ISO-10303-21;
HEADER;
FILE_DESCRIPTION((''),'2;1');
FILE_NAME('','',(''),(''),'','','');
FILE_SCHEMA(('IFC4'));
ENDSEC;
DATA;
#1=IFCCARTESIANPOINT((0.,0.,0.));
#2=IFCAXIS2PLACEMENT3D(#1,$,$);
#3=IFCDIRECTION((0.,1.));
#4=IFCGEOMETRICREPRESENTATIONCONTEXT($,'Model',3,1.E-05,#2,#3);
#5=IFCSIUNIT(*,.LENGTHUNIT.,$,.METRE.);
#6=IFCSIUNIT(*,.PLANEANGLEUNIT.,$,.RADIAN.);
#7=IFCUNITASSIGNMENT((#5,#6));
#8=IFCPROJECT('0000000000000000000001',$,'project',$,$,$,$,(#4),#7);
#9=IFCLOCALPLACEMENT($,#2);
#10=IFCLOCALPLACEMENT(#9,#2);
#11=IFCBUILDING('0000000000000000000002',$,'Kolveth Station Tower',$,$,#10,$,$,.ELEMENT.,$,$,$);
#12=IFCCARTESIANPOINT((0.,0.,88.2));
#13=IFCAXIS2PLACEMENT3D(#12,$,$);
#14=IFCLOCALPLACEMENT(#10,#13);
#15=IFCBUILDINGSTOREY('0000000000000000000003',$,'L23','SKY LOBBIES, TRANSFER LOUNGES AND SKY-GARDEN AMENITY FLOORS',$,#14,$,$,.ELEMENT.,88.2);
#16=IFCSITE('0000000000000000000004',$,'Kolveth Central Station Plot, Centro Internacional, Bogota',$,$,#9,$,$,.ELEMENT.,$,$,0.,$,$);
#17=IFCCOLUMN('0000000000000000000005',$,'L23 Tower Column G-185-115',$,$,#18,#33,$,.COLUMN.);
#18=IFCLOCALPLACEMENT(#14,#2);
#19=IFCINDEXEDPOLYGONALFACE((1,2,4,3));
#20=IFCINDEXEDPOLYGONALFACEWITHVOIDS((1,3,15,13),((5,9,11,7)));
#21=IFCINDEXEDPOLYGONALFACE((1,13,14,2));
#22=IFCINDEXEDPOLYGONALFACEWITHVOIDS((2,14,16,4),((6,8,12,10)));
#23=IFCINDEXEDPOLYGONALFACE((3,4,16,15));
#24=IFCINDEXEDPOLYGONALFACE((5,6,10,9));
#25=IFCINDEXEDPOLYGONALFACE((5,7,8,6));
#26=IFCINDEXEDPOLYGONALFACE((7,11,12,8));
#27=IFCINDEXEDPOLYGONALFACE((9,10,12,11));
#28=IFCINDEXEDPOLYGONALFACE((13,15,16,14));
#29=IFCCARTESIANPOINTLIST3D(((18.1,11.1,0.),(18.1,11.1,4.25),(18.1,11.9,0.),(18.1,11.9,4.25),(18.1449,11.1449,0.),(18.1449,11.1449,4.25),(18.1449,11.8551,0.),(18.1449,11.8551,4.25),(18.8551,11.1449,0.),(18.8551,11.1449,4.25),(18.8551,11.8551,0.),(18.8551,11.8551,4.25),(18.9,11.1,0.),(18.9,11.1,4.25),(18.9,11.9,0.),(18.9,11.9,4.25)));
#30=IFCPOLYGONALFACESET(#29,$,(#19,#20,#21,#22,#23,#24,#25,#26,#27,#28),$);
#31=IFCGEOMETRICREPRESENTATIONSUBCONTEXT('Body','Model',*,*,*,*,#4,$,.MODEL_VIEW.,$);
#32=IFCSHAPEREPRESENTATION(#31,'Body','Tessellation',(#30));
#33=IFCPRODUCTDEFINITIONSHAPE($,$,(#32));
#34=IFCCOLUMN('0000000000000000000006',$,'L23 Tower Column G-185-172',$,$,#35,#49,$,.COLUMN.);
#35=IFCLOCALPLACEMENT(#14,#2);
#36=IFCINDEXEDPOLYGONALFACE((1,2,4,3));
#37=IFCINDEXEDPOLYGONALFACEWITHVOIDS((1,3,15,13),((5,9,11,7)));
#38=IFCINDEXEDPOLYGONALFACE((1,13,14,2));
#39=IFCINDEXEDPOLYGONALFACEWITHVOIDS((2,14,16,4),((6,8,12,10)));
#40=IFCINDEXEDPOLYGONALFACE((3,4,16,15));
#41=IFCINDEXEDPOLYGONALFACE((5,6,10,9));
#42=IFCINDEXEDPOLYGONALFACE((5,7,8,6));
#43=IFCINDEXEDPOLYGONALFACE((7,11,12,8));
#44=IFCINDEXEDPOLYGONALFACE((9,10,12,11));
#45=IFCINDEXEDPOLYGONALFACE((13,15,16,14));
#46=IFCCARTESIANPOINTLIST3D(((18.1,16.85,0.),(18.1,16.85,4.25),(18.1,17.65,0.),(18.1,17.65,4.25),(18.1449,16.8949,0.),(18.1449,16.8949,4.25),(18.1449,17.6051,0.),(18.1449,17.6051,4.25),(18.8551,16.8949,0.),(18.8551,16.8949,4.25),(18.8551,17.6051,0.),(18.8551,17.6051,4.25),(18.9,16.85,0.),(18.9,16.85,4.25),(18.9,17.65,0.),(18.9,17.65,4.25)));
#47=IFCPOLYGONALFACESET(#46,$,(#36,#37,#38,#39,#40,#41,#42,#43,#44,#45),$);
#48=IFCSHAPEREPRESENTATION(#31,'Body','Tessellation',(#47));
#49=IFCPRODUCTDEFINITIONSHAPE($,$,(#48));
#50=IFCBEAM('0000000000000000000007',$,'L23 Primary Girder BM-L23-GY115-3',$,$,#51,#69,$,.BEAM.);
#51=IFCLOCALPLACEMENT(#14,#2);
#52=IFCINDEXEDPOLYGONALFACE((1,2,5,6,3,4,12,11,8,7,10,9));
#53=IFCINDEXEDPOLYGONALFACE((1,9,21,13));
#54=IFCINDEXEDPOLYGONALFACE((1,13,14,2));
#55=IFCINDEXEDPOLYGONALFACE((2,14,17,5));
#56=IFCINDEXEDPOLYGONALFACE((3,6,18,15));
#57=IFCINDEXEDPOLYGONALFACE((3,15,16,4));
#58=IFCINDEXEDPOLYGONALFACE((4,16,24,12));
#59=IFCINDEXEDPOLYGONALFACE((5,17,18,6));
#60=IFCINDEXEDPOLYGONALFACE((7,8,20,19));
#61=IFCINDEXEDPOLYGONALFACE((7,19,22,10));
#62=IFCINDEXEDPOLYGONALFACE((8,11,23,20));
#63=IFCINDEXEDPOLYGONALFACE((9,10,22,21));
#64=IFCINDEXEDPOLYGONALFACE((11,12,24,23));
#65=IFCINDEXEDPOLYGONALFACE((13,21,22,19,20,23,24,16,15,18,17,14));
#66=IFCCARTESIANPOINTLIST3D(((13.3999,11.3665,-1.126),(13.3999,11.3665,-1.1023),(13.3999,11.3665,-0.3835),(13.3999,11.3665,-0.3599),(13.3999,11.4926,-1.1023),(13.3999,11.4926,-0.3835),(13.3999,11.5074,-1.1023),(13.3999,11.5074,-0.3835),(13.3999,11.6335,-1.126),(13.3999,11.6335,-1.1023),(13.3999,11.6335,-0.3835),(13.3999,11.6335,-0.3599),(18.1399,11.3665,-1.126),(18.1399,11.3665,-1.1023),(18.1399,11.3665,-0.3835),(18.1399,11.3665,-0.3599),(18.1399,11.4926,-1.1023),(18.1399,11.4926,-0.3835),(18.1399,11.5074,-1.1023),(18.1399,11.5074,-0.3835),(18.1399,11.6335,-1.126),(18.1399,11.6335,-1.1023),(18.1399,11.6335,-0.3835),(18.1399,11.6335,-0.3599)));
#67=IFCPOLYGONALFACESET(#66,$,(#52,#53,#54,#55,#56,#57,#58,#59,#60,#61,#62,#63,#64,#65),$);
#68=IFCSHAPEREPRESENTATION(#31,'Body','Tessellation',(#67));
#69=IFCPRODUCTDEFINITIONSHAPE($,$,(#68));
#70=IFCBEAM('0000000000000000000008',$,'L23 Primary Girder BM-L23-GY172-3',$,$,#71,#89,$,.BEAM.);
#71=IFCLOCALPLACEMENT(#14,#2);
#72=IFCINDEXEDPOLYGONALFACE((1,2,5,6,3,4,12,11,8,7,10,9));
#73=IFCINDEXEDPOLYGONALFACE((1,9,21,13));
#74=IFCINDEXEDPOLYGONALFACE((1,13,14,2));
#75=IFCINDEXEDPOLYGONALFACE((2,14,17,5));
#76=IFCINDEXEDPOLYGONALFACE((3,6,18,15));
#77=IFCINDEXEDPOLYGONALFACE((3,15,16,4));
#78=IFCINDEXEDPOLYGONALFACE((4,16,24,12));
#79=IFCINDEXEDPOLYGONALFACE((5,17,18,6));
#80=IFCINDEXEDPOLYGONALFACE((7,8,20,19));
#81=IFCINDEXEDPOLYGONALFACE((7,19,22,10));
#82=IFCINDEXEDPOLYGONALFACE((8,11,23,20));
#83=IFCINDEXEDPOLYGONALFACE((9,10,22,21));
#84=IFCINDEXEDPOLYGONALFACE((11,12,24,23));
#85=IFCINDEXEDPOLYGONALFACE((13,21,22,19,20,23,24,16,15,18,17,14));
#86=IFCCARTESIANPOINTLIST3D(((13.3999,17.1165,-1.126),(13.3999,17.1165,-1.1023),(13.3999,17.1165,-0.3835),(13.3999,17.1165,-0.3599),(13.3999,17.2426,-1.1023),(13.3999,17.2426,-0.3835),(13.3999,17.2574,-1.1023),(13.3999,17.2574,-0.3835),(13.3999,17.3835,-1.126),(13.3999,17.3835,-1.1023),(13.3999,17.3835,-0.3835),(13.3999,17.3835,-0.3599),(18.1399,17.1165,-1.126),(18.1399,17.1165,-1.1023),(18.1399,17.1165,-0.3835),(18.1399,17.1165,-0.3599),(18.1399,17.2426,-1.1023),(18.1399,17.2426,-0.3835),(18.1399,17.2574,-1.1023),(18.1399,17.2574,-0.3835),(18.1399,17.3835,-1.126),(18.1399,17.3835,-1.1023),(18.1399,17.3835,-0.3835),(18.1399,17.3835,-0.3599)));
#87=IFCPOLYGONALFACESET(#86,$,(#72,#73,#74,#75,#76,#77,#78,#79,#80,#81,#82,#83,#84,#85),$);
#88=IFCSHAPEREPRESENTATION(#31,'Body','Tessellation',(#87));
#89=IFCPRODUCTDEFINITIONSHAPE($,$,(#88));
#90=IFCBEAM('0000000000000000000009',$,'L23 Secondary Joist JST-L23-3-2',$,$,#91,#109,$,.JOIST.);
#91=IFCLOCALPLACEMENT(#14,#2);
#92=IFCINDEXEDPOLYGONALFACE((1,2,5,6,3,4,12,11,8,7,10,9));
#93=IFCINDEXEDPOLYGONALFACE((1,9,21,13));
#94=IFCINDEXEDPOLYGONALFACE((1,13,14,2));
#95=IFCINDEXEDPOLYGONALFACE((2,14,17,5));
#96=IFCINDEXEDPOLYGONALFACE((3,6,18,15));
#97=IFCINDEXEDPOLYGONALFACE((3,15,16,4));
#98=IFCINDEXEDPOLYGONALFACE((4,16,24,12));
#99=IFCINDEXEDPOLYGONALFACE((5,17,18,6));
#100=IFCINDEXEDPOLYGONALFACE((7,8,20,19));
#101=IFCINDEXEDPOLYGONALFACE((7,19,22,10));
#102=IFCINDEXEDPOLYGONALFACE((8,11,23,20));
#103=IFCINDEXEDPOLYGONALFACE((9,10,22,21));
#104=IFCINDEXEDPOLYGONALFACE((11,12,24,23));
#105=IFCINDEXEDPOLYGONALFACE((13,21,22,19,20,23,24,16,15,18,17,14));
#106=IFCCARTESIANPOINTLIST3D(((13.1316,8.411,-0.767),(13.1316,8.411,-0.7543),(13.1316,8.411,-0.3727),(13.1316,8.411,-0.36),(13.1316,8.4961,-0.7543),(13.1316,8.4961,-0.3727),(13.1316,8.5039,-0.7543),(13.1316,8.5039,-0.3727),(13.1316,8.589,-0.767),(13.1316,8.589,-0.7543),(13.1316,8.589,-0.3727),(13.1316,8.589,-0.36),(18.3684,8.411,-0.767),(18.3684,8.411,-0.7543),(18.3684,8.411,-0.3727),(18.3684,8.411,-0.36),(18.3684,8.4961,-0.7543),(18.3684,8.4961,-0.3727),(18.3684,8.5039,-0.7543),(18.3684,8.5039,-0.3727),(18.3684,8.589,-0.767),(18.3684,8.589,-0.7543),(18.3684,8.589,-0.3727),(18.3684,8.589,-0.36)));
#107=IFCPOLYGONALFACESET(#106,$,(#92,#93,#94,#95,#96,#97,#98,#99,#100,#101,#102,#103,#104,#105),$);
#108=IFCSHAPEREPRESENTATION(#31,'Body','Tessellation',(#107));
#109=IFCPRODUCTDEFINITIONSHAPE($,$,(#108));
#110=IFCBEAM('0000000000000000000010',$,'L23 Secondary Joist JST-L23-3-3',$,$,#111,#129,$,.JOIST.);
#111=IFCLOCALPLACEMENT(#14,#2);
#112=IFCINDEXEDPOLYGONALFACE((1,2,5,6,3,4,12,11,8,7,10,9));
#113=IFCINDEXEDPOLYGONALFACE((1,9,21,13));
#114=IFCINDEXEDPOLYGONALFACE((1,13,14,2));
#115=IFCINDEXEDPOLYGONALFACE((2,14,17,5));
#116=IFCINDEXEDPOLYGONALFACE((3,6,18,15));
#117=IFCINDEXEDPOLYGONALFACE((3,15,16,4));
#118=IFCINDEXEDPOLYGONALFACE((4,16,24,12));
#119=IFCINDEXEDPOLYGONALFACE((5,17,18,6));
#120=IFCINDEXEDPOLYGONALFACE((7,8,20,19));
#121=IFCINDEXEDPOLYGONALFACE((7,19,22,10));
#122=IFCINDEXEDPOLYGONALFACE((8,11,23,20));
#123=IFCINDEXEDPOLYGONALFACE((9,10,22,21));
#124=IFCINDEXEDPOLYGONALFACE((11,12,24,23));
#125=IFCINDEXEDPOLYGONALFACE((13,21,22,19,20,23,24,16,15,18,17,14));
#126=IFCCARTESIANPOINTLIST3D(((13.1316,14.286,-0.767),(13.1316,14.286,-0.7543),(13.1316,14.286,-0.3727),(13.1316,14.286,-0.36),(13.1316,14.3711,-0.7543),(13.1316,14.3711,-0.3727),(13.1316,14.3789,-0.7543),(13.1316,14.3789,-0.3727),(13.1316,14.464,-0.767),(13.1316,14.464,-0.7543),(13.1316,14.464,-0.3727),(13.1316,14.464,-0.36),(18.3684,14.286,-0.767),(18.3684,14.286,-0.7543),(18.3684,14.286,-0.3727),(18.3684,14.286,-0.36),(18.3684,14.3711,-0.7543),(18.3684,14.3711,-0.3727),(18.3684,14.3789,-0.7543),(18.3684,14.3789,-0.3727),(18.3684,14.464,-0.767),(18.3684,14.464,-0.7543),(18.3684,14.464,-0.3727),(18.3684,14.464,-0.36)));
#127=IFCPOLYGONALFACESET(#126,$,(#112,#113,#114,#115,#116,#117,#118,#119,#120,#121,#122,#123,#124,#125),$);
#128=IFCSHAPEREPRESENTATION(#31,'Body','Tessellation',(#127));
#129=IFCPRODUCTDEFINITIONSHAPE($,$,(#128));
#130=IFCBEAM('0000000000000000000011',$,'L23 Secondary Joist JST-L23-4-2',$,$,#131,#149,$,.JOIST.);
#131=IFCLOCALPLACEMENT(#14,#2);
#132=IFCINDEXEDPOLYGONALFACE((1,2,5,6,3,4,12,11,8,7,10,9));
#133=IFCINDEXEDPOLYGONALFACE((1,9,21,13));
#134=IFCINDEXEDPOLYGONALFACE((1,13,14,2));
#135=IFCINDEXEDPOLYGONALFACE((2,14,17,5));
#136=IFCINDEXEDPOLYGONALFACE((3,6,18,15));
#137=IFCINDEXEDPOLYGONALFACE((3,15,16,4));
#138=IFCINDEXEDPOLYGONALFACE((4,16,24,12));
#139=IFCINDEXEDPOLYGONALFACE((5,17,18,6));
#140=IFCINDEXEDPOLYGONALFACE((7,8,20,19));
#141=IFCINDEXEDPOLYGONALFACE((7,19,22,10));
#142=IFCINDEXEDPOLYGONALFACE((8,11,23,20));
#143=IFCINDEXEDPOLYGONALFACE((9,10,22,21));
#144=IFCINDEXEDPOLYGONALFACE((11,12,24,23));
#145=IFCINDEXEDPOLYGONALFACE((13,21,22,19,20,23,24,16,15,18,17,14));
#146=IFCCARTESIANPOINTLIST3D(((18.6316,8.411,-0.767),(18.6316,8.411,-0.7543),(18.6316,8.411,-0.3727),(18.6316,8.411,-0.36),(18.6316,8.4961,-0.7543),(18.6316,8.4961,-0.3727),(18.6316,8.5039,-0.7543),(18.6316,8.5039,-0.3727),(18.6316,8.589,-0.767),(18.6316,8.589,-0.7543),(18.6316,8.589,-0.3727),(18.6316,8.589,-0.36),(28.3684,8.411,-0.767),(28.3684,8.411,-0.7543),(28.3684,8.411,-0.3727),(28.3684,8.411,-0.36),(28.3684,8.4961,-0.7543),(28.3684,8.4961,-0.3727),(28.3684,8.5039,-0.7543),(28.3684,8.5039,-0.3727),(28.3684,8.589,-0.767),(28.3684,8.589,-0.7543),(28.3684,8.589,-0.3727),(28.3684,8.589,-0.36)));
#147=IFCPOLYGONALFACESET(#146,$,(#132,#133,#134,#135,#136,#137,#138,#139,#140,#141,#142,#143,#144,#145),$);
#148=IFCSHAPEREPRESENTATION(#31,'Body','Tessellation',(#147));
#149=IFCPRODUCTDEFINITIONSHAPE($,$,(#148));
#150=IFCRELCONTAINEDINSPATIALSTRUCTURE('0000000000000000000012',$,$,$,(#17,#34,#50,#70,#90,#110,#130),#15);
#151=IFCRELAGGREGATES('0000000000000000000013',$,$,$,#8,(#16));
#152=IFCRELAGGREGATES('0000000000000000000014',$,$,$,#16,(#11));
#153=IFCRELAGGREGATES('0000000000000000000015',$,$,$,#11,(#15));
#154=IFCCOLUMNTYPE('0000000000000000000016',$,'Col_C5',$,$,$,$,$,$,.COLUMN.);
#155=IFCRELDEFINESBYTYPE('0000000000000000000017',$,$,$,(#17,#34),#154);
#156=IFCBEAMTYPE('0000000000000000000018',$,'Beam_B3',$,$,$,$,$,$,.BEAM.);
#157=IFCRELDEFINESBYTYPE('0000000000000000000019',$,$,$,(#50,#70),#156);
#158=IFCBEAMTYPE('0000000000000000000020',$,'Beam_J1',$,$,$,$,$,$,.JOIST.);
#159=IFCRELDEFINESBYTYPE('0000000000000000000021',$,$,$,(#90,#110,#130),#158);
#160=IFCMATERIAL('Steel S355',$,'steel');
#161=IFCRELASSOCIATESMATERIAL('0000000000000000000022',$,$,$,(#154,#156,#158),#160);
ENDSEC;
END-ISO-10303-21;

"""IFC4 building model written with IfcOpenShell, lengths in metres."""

from ifc_helpers import new_model, si_unit, direction, frame, origin, origin_2d, place, context, subcontext, project, spatial, hollow_rectangle, i_section, extrude, source, transform, mapped, material, material_profile, profile_set, type_object, element, save


model = new_model("IFC4")

# Units and contexts
model_context = context("Model", 3, precision=1e-05, world=origin(), true_north=direction((0.0, 1.0)))
body_context = subcontext(model_context, "Body", "Model", "MODEL_VIEW")
ifc_project = project(units=[si_unit("LENGTHUNIT", "METRE"), si_unit("PLANEANGLEUNIT", "RADIAN")], contexts=[model_context])

# Site, building, storey
site_placement = place(None, origin())
site = spatial("IfcSite", under=ifc_project, at=site_placement, Name="Kolveth Central Station Plot, Centro Internacional, Bogota", CompositionType="ELEMENT", RefElevation=0.0)
building_placement = place(site_placement, origin())
building = spatial("IfcBuilding", under=site, at=building_placement, Name="Kolveth Station Tower", CompositionType="ELEMENT")
storey_placement = place(building_placement, frame((0.0, 0.0, 88.2)))
storey = spatial("IfcBuildingStorey", under=building, at=storey_placement, Name="L23", Description="SKY LOBBIES, TRANSFER LOUNGES AND SKY-GARDEN AMENITY FLOORS", CompositionType="ELEMENT", Elevation=88.2)

# Columns
ifc_material_1 = material(Name="Steel S355", Category="steel")
ifc_material_profile_1 = material_profile(ifc_material_1, hollow_rectangle(XDim=0.8, YDim=0.8, WallThickness=0.0449, at=origin_2d()), Name="BOX800x800x45")
ifc_profile_set_1 = profile_set([ifc_material_profile_1], Name="Steel S355")
column_type = type_object("IfcColumnType", Name="Col_C5", PredefinedType="COLUMN", material=ifc_profile_set_1)
shared_shape_1 = source(origin(), body_context, "Body", "SweptSolid", [
    extrude(hollow_rectangle(XDim=0.8, YDim=0.8, WallThickness=0.0449, at=origin_2d()), origin(), (0.0, 0.0, 1.0), 4.25),
])
for number, where, z_axis, x_axis, name in (
    (1, (18.5, 11.5, 0.0), (0.0, 0.0, 1.0), (1.0, 0.0, 0.0), "L23 Tower Column G-185-115"),
    (2, (18.5, 17.25, 0.0), (0.0, 0.0, 1.0), (1.0, 0.0, 0.0), "L23 Tower Column G-185-172"),
):
    element("IfcColumn", number, at=place(storey_placement, frame(where, z_axis=z_axis, x_axis=x_axis)), inside=storey, type_object=column_type, Name=name, PredefinedType="COLUMN", context=body_context, shape_type="MappedRepresentation", body=[
        mapped(shared_shape_1, transform((0.0, 0.0, 0.0), x_axis=(1.0, 0.0, 0.0), y_axis=(0.0, 1.0, 0.0), z_axis=(0.0, 0.0, 1.0), scale=1.0)),
    ])

# Beams
ifc_material_profile_2 = material_profile(ifc_material_1, i_section(OverallWidth=0.2671, OverallDepth=0.7661, WebThickness=0.0149, FlangeThickness=0.0237, at=origin_2d()), Name="W760x185")
ifc_profile_set_2 = profile_set([ifc_material_profile_2], Name="Steel S355")
beam_type_1 = type_object("IfcBeamType", Name="Beam_B3", PredefinedType="BEAM", material=ifc_profile_set_2)
shared_shape_2 = source(origin(), body_context, "Body", "SweptSolid", [
    extrude(i_section(OverallWidth=0.2671, OverallDepth=0.7661, WebThickness=0.0149, FlangeThickness=0.0237, at=origin_2d()), origin(), (0.0, 0.0, 1.0), 4.74),
])
for number, where, z_axis, x_axis, name in (
    (3, (13.3999, 11.5, -0.7429), (1.0, 0.0, 0.0), (0.0, 1.0, 0.0), "L23 Primary Girder BM-L23-GY115-3"),
    (4, (13.3999, 17.25, -0.7429), (1.0, 0.0, 0.0), (0.0, 1.0, 0.0), "L23 Primary Girder BM-L23-GY172-3"),
):
    element("IfcBeam", number, at=place(storey_placement, frame(where, z_axis=z_axis, x_axis=x_axis)), inside=storey, type_object=beam_type_1, Name=name, PredefinedType="BEAM", context=body_context, shape_type="MappedRepresentation", body=[
        mapped(shared_shape_2, transform((0.0, 0.0, 0.0), x_axis=(1.0, 0.0, 0.0), y_axis=(0.0, 1.0, 0.0), z_axis=(0.0, 0.0, 1.0), scale=1.0)),
    ])
ifc_material_profile_3 = material_profile(ifc_material_1, i_section(OverallWidth=0.178, OverallDepth=0.407, WebThickness=0.0078, FlangeThickness=0.0127, at=origin_2d()), Name="W410x60")
ifc_profile_set_3 = profile_set([ifc_material_profile_3], Name="Steel S355")
beam_type_2 = type_object("IfcBeamType", Name="Beam_J1", PredefinedType="JOIST", material=ifc_profile_set_3)
shared_shape_3 = source(origin(), body_context, "Body", "SweptSolid", [
    extrude(i_section(OverallWidth=0.178, OverallDepth=0.407, WebThickness=0.0078, FlangeThickness=0.0127, at=origin_2d()), origin(), (0.0, 0.0, 1.0), 5.2368),
])
for number, where, z_axis, x_axis, name in (
    (5, (13.1316, 8.5, -0.5635), (1.0, 0.0, 0.0), (0.0, 1.0, 0.0), "L23 Secondary Joist JST-L23-3-2"),
    (6, (13.1316, 14.375, -0.5635), (1.0, 0.0, 0.0), (0.0, 1.0, 0.0), "L23 Secondary Joist JST-L23-3-3"),
):
    element("IfcBeam", number, at=place(storey_placement, frame(where, z_axis=z_axis, x_axis=x_axis)), inside=storey, type_object=beam_type_2, Name=name, PredefinedType="JOIST", context=body_context, shape_type="MappedRepresentation", body=[
        mapped(shared_shape_3, transform((0.0, 0.0, 0.0), x_axis=(1.0, 0.0, 0.0), y_axis=(0.0, 1.0, 0.0), z_axis=(0.0, 0.0, 1.0), scale=1.0)),
    ])
shared_shape_4 = source(origin(), body_context, "Body", "SweptSolid", [
    extrude(i_section(OverallWidth=0.178, OverallDepth=0.407, WebThickness=0.0078, FlangeThickness=0.0127, at=origin_2d()), origin(), (0.0, 0.0, 1.0), 9.7368),
])
beam_placement = place(storey_placement, frame((18.6316, 8.5, -0.5635), z_axis=(1.0, 0.0, 0.0), x_axis=(0.0, 1.0, 0.0)))
element("IfcBeam", 7, at=beam_placement, inside=storey, type_object=beam_type_2, Name="L23 Secondary Joist JST-L23-4-2", PredefinedType="JOIST", context=body_context, shape_type="MappedRepresentation", body=[
    mapped(shared_shape_4, transform((0.0, 0.0, 0.0), x_axis=(1.0, 0.0, 0.0), y_axis=(0.0, 1.0, 0.0), z_axis=(0.0, 0.0, 1.0), scale=1.0)),
])

save(model, "model.ifc")
